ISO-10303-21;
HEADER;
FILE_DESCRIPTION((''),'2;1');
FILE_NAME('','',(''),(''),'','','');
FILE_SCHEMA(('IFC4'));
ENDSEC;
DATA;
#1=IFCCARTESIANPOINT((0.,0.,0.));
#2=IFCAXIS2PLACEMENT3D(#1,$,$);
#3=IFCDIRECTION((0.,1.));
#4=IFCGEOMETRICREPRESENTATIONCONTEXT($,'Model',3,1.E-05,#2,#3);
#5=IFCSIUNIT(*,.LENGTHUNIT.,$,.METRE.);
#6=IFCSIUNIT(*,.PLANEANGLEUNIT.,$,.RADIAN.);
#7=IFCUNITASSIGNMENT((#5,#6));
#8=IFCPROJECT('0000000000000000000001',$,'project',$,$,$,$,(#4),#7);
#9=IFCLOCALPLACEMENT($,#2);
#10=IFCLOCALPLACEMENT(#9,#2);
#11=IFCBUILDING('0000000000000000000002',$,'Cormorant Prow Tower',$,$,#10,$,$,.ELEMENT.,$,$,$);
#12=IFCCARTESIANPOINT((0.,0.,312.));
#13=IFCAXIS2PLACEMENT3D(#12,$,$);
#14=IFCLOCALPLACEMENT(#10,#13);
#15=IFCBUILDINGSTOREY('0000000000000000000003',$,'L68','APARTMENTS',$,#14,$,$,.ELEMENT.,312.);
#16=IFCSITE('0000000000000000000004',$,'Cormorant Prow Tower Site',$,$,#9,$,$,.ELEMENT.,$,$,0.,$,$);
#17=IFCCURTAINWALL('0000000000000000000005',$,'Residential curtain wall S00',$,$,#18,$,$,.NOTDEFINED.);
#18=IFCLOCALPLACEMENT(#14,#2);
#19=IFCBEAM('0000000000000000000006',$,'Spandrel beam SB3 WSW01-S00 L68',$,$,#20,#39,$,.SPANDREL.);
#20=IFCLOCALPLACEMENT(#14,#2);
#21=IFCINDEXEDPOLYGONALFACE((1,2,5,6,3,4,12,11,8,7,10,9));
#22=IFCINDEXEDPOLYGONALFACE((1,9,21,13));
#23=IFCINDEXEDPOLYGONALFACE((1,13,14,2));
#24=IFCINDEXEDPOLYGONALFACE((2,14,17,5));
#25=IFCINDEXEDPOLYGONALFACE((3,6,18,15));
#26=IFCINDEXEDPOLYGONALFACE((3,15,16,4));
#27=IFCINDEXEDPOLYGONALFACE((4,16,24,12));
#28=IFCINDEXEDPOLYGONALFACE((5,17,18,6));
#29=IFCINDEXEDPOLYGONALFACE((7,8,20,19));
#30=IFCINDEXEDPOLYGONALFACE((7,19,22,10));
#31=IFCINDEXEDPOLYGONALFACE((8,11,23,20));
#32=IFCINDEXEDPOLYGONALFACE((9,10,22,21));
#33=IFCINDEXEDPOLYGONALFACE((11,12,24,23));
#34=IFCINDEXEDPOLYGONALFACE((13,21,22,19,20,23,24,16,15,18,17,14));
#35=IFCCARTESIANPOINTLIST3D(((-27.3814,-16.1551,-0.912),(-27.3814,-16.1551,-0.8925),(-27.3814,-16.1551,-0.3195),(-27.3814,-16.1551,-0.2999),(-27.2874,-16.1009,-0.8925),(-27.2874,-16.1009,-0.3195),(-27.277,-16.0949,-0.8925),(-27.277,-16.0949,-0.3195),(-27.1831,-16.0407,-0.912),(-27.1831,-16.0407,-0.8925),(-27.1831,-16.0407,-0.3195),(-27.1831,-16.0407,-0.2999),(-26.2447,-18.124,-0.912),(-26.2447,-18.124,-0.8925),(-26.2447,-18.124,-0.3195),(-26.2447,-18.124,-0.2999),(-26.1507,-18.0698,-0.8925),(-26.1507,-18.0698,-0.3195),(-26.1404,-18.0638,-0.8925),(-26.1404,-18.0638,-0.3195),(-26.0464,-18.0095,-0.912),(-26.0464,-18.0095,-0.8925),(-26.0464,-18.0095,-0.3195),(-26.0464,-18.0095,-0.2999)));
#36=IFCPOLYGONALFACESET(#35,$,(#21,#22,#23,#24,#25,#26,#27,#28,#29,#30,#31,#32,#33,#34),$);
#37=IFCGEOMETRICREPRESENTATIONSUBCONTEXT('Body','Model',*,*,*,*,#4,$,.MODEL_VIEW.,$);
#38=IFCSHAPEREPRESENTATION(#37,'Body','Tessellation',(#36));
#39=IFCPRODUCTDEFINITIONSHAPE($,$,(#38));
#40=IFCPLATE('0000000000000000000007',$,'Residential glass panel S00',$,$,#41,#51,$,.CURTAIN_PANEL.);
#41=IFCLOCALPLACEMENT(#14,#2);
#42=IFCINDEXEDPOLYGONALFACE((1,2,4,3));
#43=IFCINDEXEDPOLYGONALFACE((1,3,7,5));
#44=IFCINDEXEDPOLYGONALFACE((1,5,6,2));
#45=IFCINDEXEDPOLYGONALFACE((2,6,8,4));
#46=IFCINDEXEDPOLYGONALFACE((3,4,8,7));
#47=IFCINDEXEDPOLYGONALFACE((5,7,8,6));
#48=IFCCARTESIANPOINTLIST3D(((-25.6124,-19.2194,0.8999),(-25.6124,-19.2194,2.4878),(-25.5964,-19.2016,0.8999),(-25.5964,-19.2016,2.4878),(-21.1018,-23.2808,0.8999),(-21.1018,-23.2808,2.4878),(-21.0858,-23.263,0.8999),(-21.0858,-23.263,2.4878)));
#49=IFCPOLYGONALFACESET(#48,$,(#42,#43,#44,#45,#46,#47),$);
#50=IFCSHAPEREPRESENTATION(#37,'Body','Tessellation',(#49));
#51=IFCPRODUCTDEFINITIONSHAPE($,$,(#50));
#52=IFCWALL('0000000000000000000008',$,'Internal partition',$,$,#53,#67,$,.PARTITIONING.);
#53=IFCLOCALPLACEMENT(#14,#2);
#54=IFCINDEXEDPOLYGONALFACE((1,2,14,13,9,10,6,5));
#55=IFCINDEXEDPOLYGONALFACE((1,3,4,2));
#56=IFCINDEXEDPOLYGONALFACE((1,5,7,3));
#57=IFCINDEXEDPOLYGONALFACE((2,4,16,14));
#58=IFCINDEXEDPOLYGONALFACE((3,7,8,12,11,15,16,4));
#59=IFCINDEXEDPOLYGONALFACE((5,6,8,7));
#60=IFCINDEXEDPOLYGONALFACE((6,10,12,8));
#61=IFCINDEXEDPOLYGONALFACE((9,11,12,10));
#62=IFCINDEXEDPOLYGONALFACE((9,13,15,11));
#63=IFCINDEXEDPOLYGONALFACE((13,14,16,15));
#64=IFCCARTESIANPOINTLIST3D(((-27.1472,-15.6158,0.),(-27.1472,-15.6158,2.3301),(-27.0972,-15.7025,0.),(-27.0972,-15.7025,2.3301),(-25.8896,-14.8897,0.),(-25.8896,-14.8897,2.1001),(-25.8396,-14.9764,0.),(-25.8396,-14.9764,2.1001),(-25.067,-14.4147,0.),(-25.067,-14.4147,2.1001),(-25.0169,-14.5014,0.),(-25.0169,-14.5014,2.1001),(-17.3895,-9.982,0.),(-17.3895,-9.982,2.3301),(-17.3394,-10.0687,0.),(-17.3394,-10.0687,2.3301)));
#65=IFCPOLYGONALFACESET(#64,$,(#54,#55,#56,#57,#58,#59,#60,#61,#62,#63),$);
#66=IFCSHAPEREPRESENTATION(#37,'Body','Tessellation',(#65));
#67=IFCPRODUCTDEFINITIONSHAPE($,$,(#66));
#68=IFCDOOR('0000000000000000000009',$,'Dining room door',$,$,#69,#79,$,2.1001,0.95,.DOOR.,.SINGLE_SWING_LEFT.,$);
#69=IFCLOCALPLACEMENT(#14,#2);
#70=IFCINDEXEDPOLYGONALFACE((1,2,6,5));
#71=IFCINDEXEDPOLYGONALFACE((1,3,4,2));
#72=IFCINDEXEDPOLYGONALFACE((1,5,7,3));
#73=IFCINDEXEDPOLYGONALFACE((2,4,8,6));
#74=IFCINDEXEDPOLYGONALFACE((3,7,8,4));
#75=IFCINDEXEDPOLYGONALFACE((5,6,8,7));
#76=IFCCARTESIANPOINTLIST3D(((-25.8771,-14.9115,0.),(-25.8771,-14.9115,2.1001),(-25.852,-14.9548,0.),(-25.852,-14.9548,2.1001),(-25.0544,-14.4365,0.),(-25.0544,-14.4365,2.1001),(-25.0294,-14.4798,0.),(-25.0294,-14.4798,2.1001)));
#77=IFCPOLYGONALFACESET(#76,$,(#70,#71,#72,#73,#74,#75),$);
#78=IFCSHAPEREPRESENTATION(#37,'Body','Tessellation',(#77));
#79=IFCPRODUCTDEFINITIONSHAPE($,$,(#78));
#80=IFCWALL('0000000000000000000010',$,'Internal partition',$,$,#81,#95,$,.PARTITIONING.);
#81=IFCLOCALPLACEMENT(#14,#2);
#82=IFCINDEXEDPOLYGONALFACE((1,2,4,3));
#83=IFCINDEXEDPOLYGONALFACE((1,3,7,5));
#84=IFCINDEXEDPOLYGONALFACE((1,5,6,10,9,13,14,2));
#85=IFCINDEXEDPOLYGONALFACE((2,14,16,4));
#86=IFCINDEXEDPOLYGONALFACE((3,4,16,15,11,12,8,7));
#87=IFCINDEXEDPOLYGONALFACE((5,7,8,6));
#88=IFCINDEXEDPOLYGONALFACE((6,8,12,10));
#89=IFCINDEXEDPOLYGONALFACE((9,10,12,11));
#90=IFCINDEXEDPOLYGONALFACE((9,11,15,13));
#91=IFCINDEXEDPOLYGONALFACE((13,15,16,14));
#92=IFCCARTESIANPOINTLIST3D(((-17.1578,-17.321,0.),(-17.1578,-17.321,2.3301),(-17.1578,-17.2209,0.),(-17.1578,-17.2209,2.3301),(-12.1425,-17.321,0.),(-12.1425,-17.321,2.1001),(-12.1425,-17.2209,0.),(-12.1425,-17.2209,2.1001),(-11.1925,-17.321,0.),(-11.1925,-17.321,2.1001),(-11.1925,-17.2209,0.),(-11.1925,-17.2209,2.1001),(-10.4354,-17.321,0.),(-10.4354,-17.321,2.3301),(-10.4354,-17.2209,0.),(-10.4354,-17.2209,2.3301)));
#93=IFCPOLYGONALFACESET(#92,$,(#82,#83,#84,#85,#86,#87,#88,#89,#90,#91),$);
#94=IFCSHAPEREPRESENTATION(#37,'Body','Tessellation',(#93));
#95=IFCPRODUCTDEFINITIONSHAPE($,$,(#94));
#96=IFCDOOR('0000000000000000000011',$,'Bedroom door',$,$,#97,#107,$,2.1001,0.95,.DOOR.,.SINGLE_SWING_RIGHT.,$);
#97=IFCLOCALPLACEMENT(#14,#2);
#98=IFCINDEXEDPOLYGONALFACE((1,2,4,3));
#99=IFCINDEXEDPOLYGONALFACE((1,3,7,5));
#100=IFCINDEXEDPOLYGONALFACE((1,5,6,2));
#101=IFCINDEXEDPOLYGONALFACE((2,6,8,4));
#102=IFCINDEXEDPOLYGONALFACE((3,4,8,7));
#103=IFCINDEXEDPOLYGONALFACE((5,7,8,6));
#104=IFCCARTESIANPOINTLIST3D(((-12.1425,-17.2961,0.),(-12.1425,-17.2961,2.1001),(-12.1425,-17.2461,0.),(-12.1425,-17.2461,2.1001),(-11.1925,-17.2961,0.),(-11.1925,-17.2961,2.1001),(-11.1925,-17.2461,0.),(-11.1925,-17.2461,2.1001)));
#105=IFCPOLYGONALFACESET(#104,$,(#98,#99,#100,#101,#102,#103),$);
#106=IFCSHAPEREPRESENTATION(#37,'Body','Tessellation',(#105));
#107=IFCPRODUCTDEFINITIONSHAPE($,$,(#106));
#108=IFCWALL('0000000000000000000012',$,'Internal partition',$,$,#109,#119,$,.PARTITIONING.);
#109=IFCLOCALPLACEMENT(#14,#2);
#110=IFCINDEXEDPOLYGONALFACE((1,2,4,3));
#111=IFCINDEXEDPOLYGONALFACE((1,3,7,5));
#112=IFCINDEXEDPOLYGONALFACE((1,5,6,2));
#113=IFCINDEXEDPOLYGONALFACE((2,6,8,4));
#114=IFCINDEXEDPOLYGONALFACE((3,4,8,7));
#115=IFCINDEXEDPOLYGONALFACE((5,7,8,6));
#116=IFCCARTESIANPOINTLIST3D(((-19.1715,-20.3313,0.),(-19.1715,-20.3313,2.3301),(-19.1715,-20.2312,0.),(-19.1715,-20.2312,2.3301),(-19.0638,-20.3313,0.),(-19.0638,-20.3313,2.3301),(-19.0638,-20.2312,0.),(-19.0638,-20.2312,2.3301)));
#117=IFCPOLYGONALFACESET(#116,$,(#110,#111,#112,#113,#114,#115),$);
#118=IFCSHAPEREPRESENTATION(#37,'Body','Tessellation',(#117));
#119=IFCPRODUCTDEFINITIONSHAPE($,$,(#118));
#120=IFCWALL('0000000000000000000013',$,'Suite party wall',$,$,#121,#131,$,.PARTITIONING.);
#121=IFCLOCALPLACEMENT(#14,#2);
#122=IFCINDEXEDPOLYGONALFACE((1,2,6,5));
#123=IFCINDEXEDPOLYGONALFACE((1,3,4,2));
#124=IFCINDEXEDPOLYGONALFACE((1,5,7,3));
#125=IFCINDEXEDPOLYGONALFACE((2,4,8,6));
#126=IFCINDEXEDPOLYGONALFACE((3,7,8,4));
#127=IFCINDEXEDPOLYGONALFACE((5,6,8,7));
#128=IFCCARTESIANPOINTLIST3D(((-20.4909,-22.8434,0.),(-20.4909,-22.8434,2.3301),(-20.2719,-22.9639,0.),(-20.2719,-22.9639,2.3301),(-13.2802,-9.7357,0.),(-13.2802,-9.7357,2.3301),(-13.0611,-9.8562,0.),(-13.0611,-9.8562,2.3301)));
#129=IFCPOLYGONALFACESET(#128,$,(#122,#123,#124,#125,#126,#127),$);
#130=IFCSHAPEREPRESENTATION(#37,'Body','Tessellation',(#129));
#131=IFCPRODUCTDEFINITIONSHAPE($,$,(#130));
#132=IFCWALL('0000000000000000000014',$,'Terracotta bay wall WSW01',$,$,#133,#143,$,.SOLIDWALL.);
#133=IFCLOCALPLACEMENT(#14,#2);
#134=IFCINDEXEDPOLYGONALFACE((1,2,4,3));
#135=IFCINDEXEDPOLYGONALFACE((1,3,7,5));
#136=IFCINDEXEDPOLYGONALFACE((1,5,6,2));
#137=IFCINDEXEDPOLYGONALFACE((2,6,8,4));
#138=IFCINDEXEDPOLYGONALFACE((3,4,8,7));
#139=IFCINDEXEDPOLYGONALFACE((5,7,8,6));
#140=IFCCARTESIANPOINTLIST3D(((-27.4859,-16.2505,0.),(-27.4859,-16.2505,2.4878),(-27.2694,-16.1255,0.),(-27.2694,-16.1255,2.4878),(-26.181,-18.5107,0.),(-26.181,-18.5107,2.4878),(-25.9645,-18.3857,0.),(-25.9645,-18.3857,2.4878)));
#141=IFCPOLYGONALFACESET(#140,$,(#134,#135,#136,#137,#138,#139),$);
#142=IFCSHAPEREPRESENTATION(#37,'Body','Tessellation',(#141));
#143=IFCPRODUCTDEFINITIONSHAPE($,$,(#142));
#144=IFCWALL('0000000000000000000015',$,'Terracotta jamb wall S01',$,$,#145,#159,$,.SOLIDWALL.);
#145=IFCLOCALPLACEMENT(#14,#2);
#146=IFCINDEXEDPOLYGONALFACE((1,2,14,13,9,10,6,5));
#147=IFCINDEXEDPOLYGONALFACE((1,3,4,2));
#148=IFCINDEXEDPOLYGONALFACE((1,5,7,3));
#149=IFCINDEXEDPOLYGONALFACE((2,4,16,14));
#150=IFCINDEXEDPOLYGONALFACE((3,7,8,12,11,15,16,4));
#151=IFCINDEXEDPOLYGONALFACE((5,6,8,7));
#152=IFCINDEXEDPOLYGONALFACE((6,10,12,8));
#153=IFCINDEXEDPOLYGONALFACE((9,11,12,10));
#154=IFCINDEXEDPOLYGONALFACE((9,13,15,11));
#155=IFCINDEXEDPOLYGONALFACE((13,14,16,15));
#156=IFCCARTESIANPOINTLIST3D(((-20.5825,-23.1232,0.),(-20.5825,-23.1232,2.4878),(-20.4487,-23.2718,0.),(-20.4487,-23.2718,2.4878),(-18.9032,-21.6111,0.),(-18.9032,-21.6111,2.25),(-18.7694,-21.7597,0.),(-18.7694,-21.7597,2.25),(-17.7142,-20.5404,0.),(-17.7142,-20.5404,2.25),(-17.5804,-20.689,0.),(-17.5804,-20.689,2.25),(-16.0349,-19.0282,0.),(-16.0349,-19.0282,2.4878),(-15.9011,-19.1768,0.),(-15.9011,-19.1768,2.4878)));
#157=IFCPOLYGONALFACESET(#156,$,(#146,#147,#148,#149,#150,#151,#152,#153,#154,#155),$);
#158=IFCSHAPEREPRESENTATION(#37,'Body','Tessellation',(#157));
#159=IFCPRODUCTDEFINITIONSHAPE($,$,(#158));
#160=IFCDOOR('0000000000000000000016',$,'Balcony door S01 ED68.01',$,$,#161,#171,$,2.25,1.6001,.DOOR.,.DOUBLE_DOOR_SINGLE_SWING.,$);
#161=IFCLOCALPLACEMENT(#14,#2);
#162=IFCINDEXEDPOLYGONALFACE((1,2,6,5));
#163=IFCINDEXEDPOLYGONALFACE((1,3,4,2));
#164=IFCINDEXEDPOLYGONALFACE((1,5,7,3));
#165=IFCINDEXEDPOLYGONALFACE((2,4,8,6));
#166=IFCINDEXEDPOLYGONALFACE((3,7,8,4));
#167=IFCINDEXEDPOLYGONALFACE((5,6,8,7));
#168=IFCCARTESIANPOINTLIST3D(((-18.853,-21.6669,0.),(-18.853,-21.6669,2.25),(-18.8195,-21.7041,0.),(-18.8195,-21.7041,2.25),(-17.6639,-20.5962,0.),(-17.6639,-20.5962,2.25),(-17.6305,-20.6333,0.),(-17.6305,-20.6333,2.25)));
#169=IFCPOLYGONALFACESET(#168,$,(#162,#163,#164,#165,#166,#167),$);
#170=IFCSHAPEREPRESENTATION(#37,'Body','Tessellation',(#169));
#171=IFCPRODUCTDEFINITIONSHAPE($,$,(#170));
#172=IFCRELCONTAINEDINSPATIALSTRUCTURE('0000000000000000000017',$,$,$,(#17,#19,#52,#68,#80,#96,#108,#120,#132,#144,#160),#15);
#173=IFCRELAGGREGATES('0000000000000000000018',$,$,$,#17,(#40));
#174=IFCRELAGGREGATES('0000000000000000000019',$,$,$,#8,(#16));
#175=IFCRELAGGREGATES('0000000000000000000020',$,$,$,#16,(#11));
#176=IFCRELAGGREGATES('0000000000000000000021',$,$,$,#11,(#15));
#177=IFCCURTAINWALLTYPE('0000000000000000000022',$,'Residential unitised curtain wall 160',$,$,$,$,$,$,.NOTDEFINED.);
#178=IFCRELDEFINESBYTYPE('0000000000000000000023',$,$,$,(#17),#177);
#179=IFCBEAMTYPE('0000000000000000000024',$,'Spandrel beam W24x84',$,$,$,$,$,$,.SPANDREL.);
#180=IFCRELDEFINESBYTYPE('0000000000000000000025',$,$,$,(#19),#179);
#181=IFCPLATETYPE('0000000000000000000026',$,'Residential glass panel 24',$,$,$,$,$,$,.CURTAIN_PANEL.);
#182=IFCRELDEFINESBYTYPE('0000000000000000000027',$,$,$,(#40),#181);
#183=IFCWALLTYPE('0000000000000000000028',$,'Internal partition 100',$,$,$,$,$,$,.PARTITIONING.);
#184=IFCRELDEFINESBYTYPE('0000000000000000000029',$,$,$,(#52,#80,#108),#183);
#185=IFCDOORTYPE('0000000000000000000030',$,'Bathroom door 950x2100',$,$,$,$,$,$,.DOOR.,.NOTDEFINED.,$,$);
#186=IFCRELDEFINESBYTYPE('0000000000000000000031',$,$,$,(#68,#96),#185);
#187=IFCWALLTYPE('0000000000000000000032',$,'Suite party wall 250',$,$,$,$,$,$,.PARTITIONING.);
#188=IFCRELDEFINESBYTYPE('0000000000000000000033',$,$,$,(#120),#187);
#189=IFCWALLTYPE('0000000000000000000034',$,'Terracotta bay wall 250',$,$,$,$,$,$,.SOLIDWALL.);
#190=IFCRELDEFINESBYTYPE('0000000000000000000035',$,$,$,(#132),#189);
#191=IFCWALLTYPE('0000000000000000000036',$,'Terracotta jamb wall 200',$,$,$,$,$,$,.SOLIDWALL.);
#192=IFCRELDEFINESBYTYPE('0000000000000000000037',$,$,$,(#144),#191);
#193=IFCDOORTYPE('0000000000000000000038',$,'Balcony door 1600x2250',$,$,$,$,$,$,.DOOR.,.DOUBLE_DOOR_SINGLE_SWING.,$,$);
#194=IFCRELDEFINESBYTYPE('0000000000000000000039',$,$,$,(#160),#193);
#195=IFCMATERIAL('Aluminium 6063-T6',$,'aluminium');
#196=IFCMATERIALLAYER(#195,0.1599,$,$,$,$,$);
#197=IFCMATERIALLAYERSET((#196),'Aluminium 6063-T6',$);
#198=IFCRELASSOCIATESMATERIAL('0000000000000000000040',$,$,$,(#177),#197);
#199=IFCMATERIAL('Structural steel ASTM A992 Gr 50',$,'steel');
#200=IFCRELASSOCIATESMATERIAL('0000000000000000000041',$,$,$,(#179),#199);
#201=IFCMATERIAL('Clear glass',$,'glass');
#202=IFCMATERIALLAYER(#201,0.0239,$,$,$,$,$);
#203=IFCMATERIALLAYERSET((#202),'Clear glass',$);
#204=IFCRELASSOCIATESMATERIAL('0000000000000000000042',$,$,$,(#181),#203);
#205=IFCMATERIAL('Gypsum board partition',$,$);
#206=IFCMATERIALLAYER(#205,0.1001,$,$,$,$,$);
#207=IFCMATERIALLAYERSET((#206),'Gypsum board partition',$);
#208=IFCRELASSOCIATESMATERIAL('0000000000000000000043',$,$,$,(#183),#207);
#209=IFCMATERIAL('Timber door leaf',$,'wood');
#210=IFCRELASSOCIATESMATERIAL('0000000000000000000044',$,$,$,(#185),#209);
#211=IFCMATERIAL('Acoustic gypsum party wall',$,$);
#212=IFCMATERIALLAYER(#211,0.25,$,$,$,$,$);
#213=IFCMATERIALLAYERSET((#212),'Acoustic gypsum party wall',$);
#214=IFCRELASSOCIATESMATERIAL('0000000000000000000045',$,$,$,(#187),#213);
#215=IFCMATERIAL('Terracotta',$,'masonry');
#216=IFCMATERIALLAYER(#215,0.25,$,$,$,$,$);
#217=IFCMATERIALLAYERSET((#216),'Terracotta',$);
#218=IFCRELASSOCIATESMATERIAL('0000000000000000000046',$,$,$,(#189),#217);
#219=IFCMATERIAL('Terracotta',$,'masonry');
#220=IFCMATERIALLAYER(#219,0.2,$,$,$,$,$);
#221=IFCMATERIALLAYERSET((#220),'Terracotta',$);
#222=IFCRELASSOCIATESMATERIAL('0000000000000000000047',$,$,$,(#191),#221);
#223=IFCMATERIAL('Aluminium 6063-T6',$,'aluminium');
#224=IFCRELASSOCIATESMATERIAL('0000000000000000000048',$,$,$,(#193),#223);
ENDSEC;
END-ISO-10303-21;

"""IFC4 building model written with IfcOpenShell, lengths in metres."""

from ifc_helpers import new_model, si_unit, direction, frame, frame_2d, origin, origin_2d, place, context, subcontext, project, spatial, rectangle, i_section, extrude, material, layer, layer_set, material_profile, profile_set, type_object, element, fill, aggregate, save


model = new_model("IFC4")

# Units and contexts
model_context = context("Model", 3, precision=1e-05, world=origin(), true_north=direction((0.0, 1.0)))
body_context = subcontext(model_context, "Body", "Model", "MODEL_VIEW")
ifc_project = project(units=[si_unit("LENGTHUNIT", "METRE"), si_unit("PLANEANGLEUNIT", "RADIAN")], contexts=[model_context])

# Site, building, storey
site_placement = place(None, origin())
site = spatial("IfcSite", under=ifc_project, at=site_placement, Name="Cormorant Prow Tower Site", CompositionType="ELEMENT", RefElevation=0.0)
building_placement = place(site_placement, origin())
building = spatial("IfcBuilding", under=site, at=building_placement, Name="Cormorant Prow Tower", CompositionType="ELEMENT")
storey_placement = place(building_placement, frame((0.0, 0.0, 312.0)))
storey = spatial("IfcBuildingStorey", under=building, at=storey_placement, Name="L68", Description="APARTMENTS", CompositionType="ELEMENT", Elevation=312.0)

# Curtain wall
ifc_material_1 = material(Name="Aluminium 6063-T6", Category="aluminium")
ifc_layer_1 = layer(ifc_material_1, 0.1599)
ifc_layer_set_1 = layer_set([ifc_layer_1], Name="Aluminium 6063-T6")
curtain_wall_type = type_object("IfcCurtainWallType", Name="Residential unitised curtain wall 160", PredefinedType="NOTDEFINED", material=ifc_layer_set_1)
curtain_wall_placement = place(storey_placement, origin())
curtain_wall = element("IfcCurtainWall", 1, at=curtain_wall_placement, inside=storey, type_object=curtain_wall_type, Name="Residential curtain wall S00", PredefinedType="NOTDEFINED")

# Beam
ifc_material_2 = material(Name="Structural steel ASTM A992 Gr 50", Category="steel")
ifc_material_profile_1 = material_profile(ifc_material_2, i_section(OverallWidth=0.229, OverallDepth=0.6121, WebThickness=0.012, FlangeThickness=0.0195, at=origin_2d()), Name="W24x84")
ifc_profile_set_1 = profile_set([ifc_material_profile_1], Name="Structural steel ASTM A992 Gr 50")
beam_type = type_object("IfcBeamType", Name="Spandrel beam W24x84", PredefinedType="SPANDREL", material=ifc_profile_set_1)
beam_1_placement = place(storey_placement, frame((-27.2822, -16.0979, -0.606), z_axis=(0.499973, -0.866041, 0.0), x_axis=(0.866041, 0.499973, 0.0)))
element("IfcBeam", 2, at=beam_1_placement, inside=storey, type_object=beam_type, Name="Spandrel beam SB3 WSW01-S00 L68", PredefinedType="SPANDREL", context=body_context, shape_type="SweptSolid", body=[
    extrude(i_section(OverallWidth=0.229, OverallDepth=0.6121, WebThickness=0.012, FlangeThickness=0.0195, at=origin_2d()), origin(), (0.0, 0.0, 1.0), 2.2734),
])

# Plate
ifc_material_3 = material(Name="Clear glass", Category="glass")
ifc_layer_2 = layer(ifc_material_3, 0.0239)
ifc_layer_set_2 = layer_set([ifc_layer_2], Name="Clear glass")
plate_type = type_object("IfcPlateType", Name="Residential glass panel 24", PredefinedType="CURTAIN_PANEL", material=ifc_layer_set_2)
plate_placement = place(storey_placement, frame((-23.3491, -21.2412, 0.8999), z_axis=(0.0, 0.0, 1.0), x_axis=(0.743145, -0.669131, 0.0)))
plate = element("IfcPlate", 3, at=plate_placement, type_object=plate_type, Name="Residential glass panel S00", PredefinedType="CURTAIN_PANEL", context=body_context, shape_type="SweptSolid", body=[
    extrude(rectangle(XDim=6.0696, YDim=0.0239, at=origin_2d()), origin(), (0.0, 0.0, 1.0), 1.5879),
])
aggregate(curtain_wall, [plate])

# Walls, openings, doors
ifc_material_4 = material(Name="Gypsum board partition")
ifc_layer_3 = layer(ifc_material_4, 0.1001)
ifc_layer_set_3 = layer_set([ifc_layer_3], Name="Gypsum board partition")
wall_type_1 = type_object("IfcWallType", Name="Internal partition 100", PredefinedType="PARTITIONING", material=ifc_layer_set_3)
wall_1_placement = place(storey_placement, frame((-27.1223, -15.6592, 0.0), z_axis=(0.0, 0.0, 1.0), x_axis=(0.866021, 0.500008, 0.0)))
wall_1 = element("IfcWall", 4, at=wall_1_placement, inside=storey, type_object=wall_type_1, Name="Internal partition", PredefinedType="PARTITIONING", context=body_context, shape_type="SweptSolid", body=[
    extrude(rectangle(XDim=11.2673, YDim=0.1001, at=frame_2d((5.6338, 0.0))), origin(), (0.0, 0.0, 1.0), 2.3301),
])
opening_1_placement = place(wall_1_placement, frame((1.4521, 0.0, 0.0)))
opening_1 = element("IfcOpeningElement", 5, at=opening_1_placement, cuts=wall_1, PredefinedType="OPENING", context=body_context, shape_type="SweptSolid", body=[
    extrude(rectangle(XDim=0.95, YDim=2.1001, at=frame_2d((0.4751, 1.05))), frame((0.0, 0.0601, 0.0), z_axis=(0.0, -1.0, 0.0), x_axis=(1.0, 0.0, 0.0)), (0.0, 0.0, 1.0), 0.1201),
])
ifc_material_5 = material(Name="Timber door leaf", Category="wood")
door_type_1 = type_object("IfcDoorType", Name="Bathroom door 950x2100", OperationType="NOTDEFINED", PredefinedType="DOOR", material=ifc_material_5)
door_1_placement = place(opening_1_placement, origin())
door_1 = element("IfcDoor", 6, at=door_1_placement, inside=storey, type_object=door_type_1, Name="Dining room door", OperationType="SINGLE_SWING_LEFT", OverallHeight=2.1001, OverallWidth=0.95, PredefinedType="DOOR", context=body_context, shape_type="SweptSolid", body=[
    extrude(rectangle(XDim=0.95, YDim=2.1001, at=frame_2d((0.4751, 1.05))), frame((0.0, 0.0249, 0.0), z_axis=(0.0, -1.0, 0.0), x_axis=(1.0, 0.0, 0.0)), (0.0, 0.0, 1.0), 0.05),
])
fill(opening_1, door_1)
wall_2_placement = place(storey_placement, frame((-17.158, -17.271, 0.0), z_axis=(0.0, 0.0, 1.0), x_axis=(1.0, 0.0, 0.0)))
wall_2 = element("IfcWall", 7, at=wall_2_placement, inside=storey, type_object=wall_type_1, Name="Internal partition", PredefinedType="PARTITIONING", context=body_context, shape_type="SweptSolid", body=[
    extrude(rectangle(XDim=6.7224, YDim=0.1001, at=frame_2d((3.3613, 0.0))), origin(), (0.0, 0.0, 1.0), 2.3301),
])
opening_2_placement = place(wall_2_placement, frame((5.0154, 0.0, 0.0)))
opening_2 = element("IfcOpeningElement", 8, at=opening_2_placement, cuts=wall_2, PredefinedType="OPENING", context=body_context, shape_type="SweptSolid", body=[
    extrude(rectangle(XDim=0.95, YDim=2.1001, at=frame_2d((0.4751, 1.05))), frame((0.0, 0.0601, 0.0), z_axis=(0.0, -1.0, 0.0), x_axis=(1.0, 0.0, 0.0)), (0.0, 0.0, 1.0), 0.1201),
])
door_2_placement = place(opening_2_placement, origin())
door_2 = element("IfcDoor", 9, at=door_2_placement, inside=storey, type_object=door_type_1, Name="Bedroom door", OperationType="SINGLE_SWING_RIGHT", OverallHeight=2.1001, OverallWidth=0.95, PredefinedType="DOOR", context=body_context, shape_type="SweptSolid", body=[
    extrude(rectangle(XDim=0.95, YDim=2.1001, at=frame_2d((0.4751, 1.05))), frame((0.0, 0.0249, 0.0), z_axis=(0.0, -1.0, 0.0), x_axis=(1.0, 0.0, 0.0)), (0.0, 0.0, 1.0), 0.05),
])
fill(opening_2, door_2)

# Walls
wall_3_placement = place(storey_placement, frame((-19.1714, -20.2812, 0.0), z_axis=(0.0, 0.0, 1.0), x_axis=(1.0, 0.0, 0.0)))
element("IfcWall", 10, at=wall_3_placement, inside=storey, type_object=wall_type_1, Name="Internal partition", PredefinedType="PARTITIONING", context=body_context, shape_type="SweptSolid", body=[
    extrude(rectangle(XDim=0.1077, YDim=0.1001, at=frame_2d((0.0537, 0.0))), origin(), (0.0, 0.0, 1.0), 2.3301),
])
ifc_material_6 = material(Name="Acoustic gypsum party wall")
ifc_layer_4 = layer(ifc_material_6, 0.25)
ifc_layer_set_4 = layer_set([ifc_layer_4], Name="Acoustic gypsum party wall")
wall_type_2 = type_object("IfcWallType", Name="Suite party wall 250", PredefinedType="PARTITIONING", material=ifc_layer_set_4)
wall_4_placement = place(storey_placement, frame((-20.3813, -22.9036, 0.0), z_axis=(0.0, 0.0, 1.0), x_axis=(0.481995, 0.876174, 0.0)))
element("IfcWall", 11, at=wall_4_placement, inside=storey, type_object=wall_type_2, Name="Suite party wall", PredefinedType="PARTITIONING", context=body_context, shape_type="SweptSolid", body=[
    extrude(rectangle(XDim=14.9602, YDim=0.25, at=frame_2d((7.48, 0.0))), origin(), (0.0, 0.0, 1.0), 2.3301),
])
ifc_material_7 = material(Name="Terracotta", Category="masonry")
ifc_layer_5 = layer(ifc_material_7, 0.25)
ifc_layer_set_5 = layer_set([ifc_layer_5], Name="Terracotta")
wall_type_3 = type_object("IfcWallType", Name="Terracotta bay wall 250", PredefinedType="SOLIDWALL", material=ifc_layer_set_5)
wall_5_placement = place(storey_placement, frame((-27.3777, -16.188, 0.0), z_axis=(0.0, 0.0, 1.0), x_axis=(0.499992, -0.86603, 0.0)))
element("IfcWall", 12, at=wall_5_placement, inside=storey, type_object=wall_type_3, Name="Terracotta bay wall WSW01", PredefinedType="SOLIDWALL", context=body_context, shape_type="SweptSolid", body=[
    extrude(rectangle(XDim=2.6099, YDim=0.25, at=frame_2d((1.3049, 0.0))), origin(), (0.0, 0.0, 1.0), 2.4878),
])

# Wall, opening, door
ifc_material_8 = material(Name="Terracotta", Category="masonry")
ifc_layer_6 = layer(ifc_material_8, 0.2)
ifc_layer_set_6 = layer_set([ifc_layer_6], Name="Terracotta")
wall_type_4 = type_object("IfcWallType", Name="Terracotta jamb wall 200", PredefinedType="SOLIDWALL", material=ifc_layer_set_6)
wall_6_placement = place(storey_placement, frame((-20.5156, -23.1975, 0.0), z_axis=(0.0, 0.0, 1.0), x_axis=(0.743122, 0.669156, 0.0)))
wall_6 = element("IfcWall", 13, at=wall_6_placement, inside=storey, type_object=wall_type_4, Name="Terracotta jamb wall S01", PredefinedType="SOLIDWALL", context=body_context, shape_type="SweptSolid", body=[
    extrude(rectangle(XDim=6.1196, YDim=0.2, at=frame_2d((3.0598, 0.0))), origin(), (0.0, 0.0, 1.0), 2.4878),
])
opening_3_placement = place(wall_6_placement, frame((2.2598, 0.0, 0.0)))
opening_3 = element("IfcOpeningElement", 14, at=opening_3_placement, cuts=wall_6, PredefinedType="OPENING", context=body_context, shape_type="SweptSolid", body=[
    extrude(rectangle(XDim=1.6001, YDim=2.25, at=frame_2d((0.8, 1.125))), frame((0.0, 0.1099, 0.0), z_axis=(0.0, -1.0, 0.0), x_axis=(1.0, 0.0, 0.0)), (0.0, 0.0, 1.0), 0.22),
])
ifc_material_9 = material(Name="Aluminium 6063-T6", Category="aluminium")
door_type_2 = type_object("IfcDoorType", Name="Balcony door 1600x2250", OperationType="DOUBLE_DOOR_SINGLE_SWING", PredefinedType="DOOR", material=ifc_material_9)
door_3_placement = place(opening_3_placement, origin())
door_3 = element("IfcDoor", 15, at=door_3_placement, inside=storey, type_object=door_type_2, Name="Balcony door S01 ED68.01", OperationType="DOUBLE_DOOR_SINGLE_SWING", OverallHeight=2.25, OverallWidth=1.6001, PredefinedType="DOOR", context=body_context, shape_type="SweptSolid", body=[
    extrude(rectangle(XDim=1.6001, YDim=2.25, at=frame_2d((0.8, 1.125))), frame((0.0, 0.0249, 0.0), z_axis=(0.0, -1.0, 0.0), x_axis=(1.0, 0.0, 0.0)), (0.0, 0.0, 1.0), 0.05),
])
fill(opening_3, door_3)

save(model, "model.ifc")
